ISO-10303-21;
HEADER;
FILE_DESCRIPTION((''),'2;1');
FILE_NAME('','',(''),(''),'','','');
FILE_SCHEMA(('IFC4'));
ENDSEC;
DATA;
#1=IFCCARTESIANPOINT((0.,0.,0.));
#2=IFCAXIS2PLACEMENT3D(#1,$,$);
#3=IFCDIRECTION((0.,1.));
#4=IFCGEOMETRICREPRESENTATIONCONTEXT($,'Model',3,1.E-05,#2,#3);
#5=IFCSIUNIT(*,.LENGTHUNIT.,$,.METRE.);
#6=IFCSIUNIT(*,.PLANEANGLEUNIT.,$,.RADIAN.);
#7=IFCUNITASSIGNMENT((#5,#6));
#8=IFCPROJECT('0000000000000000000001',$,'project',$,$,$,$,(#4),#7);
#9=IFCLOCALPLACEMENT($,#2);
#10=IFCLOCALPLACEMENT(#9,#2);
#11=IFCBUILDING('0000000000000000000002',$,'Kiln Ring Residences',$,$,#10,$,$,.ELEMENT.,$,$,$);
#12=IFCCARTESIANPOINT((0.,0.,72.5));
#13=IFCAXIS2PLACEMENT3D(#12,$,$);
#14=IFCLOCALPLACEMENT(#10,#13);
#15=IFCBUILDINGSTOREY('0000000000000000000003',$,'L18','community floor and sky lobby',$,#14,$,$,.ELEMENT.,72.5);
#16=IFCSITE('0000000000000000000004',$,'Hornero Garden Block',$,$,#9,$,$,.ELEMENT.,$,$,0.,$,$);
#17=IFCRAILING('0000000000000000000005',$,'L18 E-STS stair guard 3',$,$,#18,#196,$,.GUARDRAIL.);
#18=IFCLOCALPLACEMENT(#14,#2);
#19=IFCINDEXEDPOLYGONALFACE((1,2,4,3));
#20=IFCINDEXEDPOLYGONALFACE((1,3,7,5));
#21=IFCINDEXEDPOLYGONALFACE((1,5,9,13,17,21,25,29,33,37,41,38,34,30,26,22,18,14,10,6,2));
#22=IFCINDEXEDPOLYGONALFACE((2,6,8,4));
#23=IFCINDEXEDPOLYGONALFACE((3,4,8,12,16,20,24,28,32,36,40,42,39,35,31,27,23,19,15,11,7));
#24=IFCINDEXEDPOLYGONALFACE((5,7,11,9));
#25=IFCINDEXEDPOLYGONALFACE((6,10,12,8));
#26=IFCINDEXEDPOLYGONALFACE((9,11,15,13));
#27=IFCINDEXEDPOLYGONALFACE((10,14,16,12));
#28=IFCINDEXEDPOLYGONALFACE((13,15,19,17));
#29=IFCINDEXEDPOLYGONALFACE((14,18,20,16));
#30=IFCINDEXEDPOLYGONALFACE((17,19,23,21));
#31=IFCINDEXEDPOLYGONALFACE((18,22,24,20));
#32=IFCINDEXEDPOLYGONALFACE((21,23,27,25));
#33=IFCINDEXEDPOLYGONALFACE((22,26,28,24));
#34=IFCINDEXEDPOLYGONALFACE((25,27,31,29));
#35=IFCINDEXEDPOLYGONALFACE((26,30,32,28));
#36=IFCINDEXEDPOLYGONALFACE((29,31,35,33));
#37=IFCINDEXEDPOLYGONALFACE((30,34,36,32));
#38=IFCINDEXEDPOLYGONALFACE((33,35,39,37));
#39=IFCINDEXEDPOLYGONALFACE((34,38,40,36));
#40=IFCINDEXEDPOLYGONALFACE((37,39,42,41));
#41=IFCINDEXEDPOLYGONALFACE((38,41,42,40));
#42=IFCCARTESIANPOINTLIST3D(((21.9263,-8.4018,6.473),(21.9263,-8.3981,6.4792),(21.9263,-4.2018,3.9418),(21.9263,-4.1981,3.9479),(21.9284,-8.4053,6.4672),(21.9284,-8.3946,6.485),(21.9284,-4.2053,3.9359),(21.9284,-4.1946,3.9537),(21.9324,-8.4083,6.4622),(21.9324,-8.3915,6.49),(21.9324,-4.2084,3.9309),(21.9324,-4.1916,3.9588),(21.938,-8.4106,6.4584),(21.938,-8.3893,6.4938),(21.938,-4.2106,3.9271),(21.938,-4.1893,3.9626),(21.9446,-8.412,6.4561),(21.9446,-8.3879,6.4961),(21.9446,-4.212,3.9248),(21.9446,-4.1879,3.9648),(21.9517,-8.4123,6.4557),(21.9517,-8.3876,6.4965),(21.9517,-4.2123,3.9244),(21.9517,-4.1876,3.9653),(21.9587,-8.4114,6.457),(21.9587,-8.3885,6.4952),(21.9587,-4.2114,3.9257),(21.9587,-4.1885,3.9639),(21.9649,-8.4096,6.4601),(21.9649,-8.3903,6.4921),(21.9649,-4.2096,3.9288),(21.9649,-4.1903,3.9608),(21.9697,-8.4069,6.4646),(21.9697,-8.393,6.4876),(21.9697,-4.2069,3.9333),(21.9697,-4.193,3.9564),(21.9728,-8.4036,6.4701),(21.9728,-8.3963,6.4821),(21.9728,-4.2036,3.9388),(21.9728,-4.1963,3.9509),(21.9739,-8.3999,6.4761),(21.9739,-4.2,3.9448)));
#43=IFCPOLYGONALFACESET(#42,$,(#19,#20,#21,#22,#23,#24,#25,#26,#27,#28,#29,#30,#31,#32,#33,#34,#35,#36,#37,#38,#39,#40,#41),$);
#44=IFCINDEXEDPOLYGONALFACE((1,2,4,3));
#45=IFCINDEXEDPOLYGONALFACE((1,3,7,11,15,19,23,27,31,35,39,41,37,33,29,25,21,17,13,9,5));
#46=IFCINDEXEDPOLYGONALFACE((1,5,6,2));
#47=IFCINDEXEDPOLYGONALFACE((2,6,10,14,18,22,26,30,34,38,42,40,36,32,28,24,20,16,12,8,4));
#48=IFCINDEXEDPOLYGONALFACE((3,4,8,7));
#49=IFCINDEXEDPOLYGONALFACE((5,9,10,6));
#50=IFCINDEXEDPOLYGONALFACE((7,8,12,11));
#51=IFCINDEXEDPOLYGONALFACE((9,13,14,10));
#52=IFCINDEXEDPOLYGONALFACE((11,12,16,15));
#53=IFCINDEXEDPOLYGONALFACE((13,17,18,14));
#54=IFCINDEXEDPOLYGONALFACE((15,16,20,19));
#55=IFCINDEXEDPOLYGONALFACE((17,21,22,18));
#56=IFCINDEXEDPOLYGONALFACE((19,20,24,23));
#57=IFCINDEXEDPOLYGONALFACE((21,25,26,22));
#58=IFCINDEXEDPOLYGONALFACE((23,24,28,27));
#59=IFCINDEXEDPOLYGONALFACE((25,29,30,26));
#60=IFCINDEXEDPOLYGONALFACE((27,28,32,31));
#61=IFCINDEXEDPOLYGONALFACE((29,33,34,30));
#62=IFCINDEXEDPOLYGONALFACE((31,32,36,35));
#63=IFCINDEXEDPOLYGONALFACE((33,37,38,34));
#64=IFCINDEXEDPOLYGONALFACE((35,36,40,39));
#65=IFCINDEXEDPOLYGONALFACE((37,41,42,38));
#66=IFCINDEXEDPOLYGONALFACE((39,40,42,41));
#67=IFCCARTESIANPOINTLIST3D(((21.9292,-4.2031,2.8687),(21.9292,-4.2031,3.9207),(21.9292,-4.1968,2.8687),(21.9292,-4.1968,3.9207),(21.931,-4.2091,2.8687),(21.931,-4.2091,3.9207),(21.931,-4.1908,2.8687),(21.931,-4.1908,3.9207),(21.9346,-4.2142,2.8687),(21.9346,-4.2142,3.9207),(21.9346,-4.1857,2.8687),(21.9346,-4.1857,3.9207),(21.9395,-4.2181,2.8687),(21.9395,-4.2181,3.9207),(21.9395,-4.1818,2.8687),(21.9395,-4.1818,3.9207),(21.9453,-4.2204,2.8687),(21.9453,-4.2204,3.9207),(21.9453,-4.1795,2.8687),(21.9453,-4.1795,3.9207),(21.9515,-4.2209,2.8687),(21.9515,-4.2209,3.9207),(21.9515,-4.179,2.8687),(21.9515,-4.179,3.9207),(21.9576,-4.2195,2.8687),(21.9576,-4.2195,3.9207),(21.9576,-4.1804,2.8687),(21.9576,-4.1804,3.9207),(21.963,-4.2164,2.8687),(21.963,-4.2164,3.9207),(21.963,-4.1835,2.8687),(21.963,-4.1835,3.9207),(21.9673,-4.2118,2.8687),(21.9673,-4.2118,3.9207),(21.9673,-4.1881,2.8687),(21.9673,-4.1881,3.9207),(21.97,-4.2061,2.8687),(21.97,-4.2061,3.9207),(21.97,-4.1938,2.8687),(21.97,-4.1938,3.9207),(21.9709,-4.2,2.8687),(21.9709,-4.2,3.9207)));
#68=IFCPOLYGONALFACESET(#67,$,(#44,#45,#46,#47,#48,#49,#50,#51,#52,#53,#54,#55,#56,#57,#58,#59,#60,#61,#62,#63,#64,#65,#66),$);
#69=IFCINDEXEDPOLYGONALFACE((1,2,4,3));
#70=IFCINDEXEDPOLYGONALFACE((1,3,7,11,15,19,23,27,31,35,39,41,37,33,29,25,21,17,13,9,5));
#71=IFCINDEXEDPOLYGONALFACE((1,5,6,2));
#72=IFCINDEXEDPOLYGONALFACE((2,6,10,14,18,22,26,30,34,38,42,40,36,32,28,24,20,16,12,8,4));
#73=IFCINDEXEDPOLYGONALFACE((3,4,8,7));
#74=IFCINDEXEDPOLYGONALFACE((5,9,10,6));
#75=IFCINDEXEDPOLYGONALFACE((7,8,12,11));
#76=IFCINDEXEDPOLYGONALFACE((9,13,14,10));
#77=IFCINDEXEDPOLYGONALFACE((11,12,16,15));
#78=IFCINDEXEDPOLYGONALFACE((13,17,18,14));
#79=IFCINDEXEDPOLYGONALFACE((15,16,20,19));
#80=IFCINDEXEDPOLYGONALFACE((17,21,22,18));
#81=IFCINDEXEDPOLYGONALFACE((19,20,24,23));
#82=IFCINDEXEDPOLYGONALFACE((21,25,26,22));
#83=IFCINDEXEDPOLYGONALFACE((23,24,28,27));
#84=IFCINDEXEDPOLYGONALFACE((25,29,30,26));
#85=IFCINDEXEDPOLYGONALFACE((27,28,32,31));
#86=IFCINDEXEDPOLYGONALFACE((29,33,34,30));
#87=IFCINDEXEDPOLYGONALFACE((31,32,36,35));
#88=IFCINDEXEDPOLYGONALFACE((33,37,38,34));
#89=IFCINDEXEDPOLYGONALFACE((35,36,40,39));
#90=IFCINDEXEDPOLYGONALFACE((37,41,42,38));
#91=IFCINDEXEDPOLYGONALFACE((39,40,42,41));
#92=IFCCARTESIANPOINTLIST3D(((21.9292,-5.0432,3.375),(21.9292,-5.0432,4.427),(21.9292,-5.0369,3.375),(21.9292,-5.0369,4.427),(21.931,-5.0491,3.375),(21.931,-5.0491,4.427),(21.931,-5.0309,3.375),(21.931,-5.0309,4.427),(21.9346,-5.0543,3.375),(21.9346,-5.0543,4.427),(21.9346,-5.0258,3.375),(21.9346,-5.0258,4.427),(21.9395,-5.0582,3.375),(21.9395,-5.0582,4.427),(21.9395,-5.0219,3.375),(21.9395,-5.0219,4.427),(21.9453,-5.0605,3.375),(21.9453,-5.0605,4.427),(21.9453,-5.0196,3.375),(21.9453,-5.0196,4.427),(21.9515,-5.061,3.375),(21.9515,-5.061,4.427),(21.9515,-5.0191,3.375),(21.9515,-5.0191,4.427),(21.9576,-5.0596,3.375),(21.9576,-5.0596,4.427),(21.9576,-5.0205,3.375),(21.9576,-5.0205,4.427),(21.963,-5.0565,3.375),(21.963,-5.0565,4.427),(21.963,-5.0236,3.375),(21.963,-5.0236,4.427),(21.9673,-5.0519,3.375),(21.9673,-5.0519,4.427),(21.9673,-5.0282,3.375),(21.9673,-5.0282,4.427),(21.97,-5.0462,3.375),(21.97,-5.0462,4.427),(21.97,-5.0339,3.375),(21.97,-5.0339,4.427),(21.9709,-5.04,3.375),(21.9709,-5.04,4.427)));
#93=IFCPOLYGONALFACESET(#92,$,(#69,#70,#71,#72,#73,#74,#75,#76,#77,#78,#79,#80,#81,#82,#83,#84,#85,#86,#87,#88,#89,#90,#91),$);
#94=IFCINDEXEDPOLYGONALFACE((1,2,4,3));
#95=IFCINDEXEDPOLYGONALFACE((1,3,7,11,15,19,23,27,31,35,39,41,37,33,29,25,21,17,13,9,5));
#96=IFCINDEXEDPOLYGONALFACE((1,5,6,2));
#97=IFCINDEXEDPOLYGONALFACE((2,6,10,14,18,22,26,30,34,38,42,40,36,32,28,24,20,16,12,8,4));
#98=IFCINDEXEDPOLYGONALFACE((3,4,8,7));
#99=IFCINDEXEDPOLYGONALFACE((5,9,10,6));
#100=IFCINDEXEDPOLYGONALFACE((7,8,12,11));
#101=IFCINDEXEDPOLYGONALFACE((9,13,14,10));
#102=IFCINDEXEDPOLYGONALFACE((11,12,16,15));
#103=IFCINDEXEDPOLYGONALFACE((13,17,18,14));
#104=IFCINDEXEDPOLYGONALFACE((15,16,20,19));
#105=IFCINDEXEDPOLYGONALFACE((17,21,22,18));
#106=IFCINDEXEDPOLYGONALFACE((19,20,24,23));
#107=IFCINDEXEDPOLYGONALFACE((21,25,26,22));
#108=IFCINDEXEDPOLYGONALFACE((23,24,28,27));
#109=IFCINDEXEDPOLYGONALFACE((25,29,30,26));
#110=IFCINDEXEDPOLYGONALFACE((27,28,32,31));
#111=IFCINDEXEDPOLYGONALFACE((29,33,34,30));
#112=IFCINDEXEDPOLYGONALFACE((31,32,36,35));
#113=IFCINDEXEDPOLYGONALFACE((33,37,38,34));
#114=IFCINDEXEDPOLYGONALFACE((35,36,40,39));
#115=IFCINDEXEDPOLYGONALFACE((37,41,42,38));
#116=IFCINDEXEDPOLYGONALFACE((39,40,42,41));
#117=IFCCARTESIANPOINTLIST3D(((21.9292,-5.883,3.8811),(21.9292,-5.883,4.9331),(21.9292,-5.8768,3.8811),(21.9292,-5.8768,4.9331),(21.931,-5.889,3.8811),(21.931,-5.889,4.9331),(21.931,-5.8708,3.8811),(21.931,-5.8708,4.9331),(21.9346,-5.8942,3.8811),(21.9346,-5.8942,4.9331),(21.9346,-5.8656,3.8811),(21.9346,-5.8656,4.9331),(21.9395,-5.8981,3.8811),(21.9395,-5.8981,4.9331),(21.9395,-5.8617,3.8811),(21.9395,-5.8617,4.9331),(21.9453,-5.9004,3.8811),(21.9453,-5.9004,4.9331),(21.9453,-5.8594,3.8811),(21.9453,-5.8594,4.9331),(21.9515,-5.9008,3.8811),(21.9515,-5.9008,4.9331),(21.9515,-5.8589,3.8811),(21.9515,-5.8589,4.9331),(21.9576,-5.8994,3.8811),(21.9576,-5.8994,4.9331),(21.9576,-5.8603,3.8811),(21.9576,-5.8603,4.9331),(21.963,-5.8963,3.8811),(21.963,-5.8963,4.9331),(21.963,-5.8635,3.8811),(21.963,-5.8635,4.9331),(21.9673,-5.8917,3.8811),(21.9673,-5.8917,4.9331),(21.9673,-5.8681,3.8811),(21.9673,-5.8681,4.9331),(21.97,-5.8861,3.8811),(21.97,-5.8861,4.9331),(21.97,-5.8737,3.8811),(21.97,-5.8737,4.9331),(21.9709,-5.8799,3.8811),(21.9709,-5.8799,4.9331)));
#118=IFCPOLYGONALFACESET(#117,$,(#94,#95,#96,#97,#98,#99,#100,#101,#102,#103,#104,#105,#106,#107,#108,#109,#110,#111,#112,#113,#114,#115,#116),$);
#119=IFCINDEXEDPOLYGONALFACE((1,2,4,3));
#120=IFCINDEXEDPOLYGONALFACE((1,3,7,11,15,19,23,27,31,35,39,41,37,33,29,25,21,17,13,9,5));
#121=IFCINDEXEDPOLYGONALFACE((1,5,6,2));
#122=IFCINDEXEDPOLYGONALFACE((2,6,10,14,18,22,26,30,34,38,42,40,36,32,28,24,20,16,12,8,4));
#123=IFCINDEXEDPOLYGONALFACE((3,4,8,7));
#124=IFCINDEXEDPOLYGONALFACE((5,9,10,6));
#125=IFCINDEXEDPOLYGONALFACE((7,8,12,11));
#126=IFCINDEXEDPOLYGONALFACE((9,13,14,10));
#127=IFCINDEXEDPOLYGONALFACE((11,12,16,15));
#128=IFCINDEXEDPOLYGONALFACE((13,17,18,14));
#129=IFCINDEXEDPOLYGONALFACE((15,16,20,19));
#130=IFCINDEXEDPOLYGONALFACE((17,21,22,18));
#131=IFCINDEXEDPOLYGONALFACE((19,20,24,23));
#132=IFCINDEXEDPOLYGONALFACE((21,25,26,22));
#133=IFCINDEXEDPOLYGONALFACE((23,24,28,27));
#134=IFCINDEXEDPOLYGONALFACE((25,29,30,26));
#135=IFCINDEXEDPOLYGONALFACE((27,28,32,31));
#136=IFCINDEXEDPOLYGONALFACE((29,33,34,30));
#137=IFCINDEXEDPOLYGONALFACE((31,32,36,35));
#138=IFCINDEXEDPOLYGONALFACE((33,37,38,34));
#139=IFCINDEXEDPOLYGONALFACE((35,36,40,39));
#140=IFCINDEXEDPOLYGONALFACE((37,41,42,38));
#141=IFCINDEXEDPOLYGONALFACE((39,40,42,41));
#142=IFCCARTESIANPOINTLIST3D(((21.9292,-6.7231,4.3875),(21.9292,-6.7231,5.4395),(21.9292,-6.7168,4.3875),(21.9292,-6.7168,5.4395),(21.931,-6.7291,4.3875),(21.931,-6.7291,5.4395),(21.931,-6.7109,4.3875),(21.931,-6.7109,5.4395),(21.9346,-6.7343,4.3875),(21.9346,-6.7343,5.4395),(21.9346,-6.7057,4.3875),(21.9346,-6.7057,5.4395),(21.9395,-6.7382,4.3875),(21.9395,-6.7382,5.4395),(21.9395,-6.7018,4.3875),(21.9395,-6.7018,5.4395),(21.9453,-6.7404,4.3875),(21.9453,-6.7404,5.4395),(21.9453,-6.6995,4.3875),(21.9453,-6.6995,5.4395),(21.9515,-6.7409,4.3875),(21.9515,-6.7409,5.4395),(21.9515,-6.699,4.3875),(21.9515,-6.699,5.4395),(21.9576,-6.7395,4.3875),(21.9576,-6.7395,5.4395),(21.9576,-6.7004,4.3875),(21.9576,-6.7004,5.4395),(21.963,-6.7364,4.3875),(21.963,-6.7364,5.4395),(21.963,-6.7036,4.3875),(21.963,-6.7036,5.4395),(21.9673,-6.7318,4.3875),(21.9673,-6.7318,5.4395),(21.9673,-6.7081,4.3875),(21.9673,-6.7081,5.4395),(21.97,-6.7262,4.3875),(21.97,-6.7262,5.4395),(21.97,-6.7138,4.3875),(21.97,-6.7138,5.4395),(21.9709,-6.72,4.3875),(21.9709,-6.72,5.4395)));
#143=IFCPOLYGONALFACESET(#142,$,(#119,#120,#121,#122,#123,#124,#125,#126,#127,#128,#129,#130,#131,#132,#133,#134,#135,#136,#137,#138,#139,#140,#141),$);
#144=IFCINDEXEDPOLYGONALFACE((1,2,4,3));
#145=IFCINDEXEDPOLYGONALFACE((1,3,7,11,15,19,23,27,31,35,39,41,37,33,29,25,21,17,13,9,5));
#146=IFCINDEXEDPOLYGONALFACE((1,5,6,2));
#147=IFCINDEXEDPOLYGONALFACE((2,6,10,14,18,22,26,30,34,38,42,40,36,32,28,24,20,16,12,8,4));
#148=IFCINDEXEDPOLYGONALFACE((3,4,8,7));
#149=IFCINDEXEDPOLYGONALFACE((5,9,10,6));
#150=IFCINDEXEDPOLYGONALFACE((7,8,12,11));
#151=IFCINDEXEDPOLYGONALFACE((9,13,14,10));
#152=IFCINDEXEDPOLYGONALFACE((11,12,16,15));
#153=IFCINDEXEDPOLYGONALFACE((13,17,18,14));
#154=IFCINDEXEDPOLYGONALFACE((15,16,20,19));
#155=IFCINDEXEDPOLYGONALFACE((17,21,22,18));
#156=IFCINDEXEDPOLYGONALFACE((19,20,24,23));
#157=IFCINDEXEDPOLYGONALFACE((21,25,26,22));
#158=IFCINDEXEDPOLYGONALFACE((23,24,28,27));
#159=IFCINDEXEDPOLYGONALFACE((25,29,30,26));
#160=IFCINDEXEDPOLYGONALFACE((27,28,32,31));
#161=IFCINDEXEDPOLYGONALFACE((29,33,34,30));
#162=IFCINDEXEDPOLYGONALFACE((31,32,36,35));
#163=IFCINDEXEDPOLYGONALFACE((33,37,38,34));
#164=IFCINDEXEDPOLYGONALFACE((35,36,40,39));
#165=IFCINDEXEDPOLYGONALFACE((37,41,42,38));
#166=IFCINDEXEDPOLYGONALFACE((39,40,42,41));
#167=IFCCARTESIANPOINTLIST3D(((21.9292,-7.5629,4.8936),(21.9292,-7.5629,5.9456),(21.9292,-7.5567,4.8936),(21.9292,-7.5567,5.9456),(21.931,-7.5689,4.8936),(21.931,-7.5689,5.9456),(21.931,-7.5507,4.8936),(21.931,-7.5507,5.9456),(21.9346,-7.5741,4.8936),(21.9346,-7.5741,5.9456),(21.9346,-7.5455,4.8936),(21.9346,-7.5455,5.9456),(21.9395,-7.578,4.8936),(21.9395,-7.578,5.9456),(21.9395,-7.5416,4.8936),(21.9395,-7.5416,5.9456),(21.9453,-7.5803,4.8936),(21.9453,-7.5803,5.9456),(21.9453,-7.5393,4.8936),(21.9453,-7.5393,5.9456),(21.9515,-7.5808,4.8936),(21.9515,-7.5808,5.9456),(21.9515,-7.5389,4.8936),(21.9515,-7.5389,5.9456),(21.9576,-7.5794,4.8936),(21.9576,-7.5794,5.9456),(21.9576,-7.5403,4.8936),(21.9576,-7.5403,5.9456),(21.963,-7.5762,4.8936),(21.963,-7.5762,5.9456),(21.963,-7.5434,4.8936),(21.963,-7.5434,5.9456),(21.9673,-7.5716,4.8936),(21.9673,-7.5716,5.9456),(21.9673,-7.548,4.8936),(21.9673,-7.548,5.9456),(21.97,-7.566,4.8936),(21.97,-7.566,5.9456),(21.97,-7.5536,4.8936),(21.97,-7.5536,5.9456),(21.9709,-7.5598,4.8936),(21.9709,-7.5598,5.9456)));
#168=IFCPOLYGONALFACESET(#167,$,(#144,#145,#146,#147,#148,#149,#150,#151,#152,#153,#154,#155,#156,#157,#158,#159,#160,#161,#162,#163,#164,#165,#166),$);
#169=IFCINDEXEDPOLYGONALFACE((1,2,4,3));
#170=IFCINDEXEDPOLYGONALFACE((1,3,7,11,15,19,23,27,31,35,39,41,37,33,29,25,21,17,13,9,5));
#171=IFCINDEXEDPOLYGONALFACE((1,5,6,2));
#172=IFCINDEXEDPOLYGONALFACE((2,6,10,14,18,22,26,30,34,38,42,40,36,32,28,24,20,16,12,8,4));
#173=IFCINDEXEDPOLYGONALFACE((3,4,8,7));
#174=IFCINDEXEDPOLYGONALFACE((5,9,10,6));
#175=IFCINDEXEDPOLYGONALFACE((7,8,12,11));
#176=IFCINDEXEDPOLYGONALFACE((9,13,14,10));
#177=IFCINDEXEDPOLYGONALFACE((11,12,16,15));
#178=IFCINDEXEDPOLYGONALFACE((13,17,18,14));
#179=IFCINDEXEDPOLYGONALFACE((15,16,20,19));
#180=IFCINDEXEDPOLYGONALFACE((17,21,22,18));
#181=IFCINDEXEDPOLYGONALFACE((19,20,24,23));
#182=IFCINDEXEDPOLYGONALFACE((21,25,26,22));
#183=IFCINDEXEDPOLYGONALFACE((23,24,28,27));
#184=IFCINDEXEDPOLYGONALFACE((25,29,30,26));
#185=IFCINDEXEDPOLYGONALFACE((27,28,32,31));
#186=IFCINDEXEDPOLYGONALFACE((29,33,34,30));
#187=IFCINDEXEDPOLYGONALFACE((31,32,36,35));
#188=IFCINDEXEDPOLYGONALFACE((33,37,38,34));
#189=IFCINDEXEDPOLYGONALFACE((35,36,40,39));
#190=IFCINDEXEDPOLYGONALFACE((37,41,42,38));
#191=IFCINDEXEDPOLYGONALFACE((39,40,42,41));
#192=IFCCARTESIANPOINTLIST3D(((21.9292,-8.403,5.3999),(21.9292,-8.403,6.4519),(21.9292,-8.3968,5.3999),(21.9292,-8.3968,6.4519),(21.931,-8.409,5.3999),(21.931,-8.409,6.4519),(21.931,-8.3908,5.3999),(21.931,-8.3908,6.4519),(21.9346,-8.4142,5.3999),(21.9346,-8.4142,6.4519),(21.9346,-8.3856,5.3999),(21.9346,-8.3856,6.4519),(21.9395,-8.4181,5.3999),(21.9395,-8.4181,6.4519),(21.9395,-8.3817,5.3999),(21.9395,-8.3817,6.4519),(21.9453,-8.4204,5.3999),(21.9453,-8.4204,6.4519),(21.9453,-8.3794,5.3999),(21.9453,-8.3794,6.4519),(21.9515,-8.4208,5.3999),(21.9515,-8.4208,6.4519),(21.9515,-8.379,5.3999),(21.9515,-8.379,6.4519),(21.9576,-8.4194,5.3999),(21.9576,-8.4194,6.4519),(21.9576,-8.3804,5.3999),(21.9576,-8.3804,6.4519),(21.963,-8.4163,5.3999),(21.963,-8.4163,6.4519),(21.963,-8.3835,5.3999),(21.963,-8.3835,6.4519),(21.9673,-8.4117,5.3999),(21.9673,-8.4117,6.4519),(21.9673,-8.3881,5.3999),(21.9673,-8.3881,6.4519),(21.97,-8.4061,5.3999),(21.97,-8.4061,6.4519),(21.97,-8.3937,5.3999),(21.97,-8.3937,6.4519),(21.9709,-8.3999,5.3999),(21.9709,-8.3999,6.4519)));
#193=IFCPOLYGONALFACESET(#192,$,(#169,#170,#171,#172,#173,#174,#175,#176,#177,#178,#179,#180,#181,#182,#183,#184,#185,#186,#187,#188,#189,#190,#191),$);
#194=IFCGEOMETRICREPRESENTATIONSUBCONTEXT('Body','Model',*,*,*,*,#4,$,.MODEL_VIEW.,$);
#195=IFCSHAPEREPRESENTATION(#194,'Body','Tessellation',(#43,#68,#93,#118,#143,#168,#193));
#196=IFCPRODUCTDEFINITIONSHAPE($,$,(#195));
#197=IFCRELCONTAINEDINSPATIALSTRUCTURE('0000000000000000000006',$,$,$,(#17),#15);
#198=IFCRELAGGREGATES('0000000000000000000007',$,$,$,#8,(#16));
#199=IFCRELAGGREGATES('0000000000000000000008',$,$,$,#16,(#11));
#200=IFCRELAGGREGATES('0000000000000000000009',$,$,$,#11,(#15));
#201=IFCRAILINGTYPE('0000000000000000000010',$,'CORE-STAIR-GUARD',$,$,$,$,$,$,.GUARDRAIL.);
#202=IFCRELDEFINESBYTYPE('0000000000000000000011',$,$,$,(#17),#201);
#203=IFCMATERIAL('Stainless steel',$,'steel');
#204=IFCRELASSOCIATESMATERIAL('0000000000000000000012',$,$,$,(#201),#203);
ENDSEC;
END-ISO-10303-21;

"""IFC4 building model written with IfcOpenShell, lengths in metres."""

from ifc_helpers import new_model, si_unit, direction, frame, origin, origin_2d, place, context, subcontext, project, spatial, circle, extrude, material, type_object, element, save


model = new_model("IFC4")

# Units and contexts
model_context = context("Model", 3, precision=1e-05, world=origin(), true_north=direction((0.0, 1.0)))
body_context = subcontext(model_context, "Body", "Model", "MODEL_VIEW")
ifc_project = project(units=[si_unit("LENGTHUNIT", "METRE"), si_unit("PLANEANGLEUNIT", "RADIAN")], contexts=[model_context])

# Site, building, storey
site_placement = place(None, origin())
site = spatial("IfcSite", under=ifc_project, at=site_placement, Name="Hornero Garden Block", CompositionType="ELEMENT", RefElevation=0.0)
building_placement = place(site_placement, origin())
building = spatial("IfcBuilding", under=site, at=building_placement, Name="Kiln Ring Residences", CompositionType="ELEMENT")
storey_placement = place(building_placement, frame((0.0, 0.0, 72.5)))
storey = spatial("IfcBuildingStorey", under=building, at=storey_placement, Name="L18", Description="community floor and sky lobby", CompositionType="ELEMENT", Elevation=72.5)

# Railing
ifc_material_1 = material(Name="Stainless steel", Category="steel")
railing_type_1 = type_object("IfcRailingType", Name="CORE-STAIR-GUARD", PredefinedType="GUARDRAIL", material=ifc_material_1)
railing_1_placement = place(storey_placement, frame((21.95, -4.2, 2.8687)))
element("IfcRailing", 1, at=railing_1_placement, inside=storey, type_object=railing_type_1, Name="L18 E-STS stair guard 3", PredefinedType="GUARDRAIL", context=body_context, shape_type="SweptSolid", body=[
    extrude(circle(Radius=0.0239, at=origin_2d()), frame((0.0, 0.0, 1.0762), z_axis=(0.0, -0.856476, 0.516186), x_axis=(1.0, 0.0, 0.0)), (0.0, 0.0, 1.0), 4.9038),
    extrude(circle(Radius=0.021, at=origin_2d()), origin(), (0.0, 0.0, 1.0), 1.052),
    extrude(circle(Radius=0.021, at=origin_2d()), frame((0.0, -0.8401, 0.5063)), (0.0, 0.0, 1.0), 1.052),
    extrude(circle(Radius=0.021, at=origin_2d()), frame((0.0, -1.6799, 1.0125)), (0.0, 0.0, 1.0), 1.052),
    extrude(circle(Radius=0.021, at=origin_2d()), frame((0.0, -2.52, 1.5188)), (0.0, 0.0, 1.0), 1.052),
    extrude(circle(Radius=0.021, at=origin_2d()), frame((0.0, -3.3599, 2.0249)), (0.0, 0.0, 1.0), 1.052),
    extrude(circle(Radius=0.021, at=origin_2d()), frame((0.0, -4.2, 2.5312)), (0.0, 0.0, 1.0), 1.052),
])

save(model, "model.ifc")
